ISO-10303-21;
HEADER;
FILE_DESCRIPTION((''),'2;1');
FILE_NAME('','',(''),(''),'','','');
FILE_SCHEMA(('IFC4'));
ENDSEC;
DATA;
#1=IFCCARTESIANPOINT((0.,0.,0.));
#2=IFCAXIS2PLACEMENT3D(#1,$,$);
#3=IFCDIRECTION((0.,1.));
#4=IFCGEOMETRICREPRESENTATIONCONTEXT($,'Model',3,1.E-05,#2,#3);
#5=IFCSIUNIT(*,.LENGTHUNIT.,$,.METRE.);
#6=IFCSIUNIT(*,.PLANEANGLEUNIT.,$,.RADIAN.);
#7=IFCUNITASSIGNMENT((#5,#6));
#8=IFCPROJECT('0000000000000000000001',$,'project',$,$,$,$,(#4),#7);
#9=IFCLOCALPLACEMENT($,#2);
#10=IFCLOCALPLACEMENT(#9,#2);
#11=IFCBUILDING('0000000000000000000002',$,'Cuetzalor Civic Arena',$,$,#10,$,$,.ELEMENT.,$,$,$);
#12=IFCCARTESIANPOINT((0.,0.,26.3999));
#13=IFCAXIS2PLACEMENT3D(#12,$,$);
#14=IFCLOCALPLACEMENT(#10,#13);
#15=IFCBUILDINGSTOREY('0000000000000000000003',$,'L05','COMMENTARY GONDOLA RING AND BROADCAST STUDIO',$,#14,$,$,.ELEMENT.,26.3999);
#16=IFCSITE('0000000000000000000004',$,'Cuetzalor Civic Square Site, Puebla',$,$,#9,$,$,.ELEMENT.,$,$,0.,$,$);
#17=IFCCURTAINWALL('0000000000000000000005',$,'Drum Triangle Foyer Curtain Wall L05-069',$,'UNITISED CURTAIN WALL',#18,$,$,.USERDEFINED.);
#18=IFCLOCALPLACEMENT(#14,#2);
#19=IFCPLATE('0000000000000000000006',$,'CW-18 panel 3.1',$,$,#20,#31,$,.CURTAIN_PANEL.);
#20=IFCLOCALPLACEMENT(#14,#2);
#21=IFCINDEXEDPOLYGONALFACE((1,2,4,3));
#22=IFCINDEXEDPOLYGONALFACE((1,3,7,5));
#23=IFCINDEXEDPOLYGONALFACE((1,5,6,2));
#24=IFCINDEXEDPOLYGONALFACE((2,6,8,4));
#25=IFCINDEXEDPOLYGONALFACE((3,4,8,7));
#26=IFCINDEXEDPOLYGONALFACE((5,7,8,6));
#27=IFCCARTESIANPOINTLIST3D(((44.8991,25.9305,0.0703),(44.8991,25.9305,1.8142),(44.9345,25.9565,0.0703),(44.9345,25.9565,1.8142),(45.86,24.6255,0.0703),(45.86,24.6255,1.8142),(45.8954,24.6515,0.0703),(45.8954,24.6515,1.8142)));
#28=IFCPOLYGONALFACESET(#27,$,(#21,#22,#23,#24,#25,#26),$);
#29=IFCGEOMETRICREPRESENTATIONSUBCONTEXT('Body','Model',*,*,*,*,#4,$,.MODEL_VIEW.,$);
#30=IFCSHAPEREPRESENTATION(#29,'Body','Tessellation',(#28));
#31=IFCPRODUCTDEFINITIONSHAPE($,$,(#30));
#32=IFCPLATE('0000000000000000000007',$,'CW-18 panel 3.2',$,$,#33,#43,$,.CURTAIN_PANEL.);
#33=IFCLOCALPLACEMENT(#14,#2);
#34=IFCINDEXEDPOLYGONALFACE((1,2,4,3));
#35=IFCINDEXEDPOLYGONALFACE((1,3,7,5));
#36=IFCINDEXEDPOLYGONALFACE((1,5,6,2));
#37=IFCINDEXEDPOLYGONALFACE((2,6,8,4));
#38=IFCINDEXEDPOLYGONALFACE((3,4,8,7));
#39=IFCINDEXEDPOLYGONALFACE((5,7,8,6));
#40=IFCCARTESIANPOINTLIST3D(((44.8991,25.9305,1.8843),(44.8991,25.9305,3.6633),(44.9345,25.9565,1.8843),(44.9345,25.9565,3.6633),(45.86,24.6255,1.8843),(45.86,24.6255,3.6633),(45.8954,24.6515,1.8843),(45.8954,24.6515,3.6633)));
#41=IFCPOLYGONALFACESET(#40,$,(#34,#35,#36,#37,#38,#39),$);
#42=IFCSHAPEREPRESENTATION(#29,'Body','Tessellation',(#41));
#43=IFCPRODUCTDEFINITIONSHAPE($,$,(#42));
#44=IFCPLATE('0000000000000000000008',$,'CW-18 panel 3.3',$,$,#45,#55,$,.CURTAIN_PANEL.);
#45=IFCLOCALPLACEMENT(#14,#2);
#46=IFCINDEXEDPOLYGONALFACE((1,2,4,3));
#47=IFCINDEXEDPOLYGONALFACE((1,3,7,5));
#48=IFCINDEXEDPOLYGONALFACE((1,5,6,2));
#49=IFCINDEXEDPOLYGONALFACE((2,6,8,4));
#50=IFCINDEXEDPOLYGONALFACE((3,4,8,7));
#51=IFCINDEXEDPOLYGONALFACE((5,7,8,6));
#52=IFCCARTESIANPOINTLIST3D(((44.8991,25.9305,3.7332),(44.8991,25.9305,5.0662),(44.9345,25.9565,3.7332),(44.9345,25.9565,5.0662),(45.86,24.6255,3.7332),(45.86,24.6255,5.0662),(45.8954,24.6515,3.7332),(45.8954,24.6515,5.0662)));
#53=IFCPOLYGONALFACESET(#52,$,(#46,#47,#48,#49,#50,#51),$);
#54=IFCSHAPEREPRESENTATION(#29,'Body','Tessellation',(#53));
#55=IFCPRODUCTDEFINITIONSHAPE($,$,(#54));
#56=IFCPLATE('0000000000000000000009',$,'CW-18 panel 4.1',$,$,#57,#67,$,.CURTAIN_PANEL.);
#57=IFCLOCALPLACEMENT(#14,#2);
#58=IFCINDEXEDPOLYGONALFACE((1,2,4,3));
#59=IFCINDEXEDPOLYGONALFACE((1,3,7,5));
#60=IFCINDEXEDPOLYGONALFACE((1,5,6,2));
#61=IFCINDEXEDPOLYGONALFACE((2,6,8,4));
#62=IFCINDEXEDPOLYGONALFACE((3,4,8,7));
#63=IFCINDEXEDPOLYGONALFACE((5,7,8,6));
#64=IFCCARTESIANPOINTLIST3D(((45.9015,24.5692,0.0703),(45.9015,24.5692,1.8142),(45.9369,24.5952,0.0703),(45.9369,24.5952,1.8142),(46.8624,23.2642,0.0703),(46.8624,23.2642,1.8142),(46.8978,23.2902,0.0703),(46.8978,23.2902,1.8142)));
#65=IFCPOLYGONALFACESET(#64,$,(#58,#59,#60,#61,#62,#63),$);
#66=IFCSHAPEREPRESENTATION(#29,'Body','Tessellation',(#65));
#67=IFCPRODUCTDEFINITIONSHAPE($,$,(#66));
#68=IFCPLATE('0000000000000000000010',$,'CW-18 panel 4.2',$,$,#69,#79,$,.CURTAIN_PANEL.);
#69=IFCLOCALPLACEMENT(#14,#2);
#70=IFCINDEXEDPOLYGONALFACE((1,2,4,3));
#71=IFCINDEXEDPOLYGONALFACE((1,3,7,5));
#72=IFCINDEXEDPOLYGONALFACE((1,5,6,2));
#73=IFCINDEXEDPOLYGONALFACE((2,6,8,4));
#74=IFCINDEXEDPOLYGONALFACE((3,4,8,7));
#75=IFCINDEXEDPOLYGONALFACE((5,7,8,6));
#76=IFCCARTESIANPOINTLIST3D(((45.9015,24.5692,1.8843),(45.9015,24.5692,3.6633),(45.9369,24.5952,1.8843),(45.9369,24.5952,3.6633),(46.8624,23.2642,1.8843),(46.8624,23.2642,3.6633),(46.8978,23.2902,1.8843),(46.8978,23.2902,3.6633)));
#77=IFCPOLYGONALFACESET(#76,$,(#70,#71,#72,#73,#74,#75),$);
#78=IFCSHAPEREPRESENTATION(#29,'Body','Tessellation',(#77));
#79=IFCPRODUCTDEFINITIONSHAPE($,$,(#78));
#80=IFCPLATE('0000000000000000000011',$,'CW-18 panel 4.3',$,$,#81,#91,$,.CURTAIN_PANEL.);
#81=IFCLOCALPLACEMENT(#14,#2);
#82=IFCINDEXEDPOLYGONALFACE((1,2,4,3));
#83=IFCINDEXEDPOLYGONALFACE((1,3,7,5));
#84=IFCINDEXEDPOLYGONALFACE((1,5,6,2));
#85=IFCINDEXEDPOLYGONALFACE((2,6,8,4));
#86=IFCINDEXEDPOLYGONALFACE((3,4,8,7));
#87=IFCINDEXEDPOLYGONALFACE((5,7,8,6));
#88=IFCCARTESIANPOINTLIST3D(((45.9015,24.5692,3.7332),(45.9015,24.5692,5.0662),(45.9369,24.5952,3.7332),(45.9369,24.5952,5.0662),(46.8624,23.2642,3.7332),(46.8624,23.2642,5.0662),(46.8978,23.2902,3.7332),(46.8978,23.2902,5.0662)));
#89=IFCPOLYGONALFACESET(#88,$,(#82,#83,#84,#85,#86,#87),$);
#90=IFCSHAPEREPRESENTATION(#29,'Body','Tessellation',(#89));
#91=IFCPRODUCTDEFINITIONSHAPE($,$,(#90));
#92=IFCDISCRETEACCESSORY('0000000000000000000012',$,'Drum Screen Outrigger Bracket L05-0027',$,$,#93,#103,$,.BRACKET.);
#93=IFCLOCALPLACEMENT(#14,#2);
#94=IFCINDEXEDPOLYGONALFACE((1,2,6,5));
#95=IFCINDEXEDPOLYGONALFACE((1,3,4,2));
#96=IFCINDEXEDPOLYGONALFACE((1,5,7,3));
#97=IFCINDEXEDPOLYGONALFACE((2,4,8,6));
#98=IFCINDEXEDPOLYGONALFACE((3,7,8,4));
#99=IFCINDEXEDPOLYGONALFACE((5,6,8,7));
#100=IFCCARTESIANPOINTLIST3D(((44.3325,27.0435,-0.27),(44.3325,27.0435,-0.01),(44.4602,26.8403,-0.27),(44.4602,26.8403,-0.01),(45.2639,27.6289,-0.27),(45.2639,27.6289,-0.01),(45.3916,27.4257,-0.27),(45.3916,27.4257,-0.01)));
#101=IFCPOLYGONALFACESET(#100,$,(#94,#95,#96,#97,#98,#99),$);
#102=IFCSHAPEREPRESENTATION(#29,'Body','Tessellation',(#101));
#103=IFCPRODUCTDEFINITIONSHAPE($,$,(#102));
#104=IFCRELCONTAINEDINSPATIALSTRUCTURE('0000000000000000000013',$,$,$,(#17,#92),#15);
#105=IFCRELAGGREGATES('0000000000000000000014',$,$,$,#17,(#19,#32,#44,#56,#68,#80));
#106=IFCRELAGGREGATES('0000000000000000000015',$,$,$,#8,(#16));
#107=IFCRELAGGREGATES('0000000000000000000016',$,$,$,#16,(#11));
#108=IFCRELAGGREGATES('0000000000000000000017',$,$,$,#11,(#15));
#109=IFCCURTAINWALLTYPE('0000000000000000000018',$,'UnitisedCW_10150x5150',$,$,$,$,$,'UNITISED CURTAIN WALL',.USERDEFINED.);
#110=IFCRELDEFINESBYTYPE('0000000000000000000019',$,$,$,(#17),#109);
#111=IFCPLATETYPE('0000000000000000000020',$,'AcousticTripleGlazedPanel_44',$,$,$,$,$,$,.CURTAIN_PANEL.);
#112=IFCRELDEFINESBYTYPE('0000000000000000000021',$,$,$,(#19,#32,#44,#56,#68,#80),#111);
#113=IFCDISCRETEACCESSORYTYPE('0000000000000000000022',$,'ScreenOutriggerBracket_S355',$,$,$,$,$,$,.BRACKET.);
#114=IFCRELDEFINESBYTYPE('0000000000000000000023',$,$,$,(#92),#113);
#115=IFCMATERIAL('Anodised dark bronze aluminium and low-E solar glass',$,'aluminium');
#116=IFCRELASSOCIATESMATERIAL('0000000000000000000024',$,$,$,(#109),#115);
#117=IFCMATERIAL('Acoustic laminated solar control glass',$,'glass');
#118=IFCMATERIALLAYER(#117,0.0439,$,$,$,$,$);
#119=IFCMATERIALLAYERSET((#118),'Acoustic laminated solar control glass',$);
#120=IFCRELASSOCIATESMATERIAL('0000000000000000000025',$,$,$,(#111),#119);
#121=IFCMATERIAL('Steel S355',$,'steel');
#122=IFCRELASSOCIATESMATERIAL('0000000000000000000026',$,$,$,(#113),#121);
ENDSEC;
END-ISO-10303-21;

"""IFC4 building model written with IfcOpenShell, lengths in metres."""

from ifc_helpers import new_model, si_unit, direction, frame, origin, origin_2d, place, context, subcontext, project, spatial, rectangle, extrude, material, layer, layer_set, type_object, element, aggregate, save


model = new_model("IFC4")

# Units and contexts
model_context = context("Model", 3, precision=1e-05, world=origin(), true_north=direction((0.0, 1.0)))
body_context = subcontext(model_context, "Body", "Model", "MODEL_VIEW")
ifc_project = project(units=[si_unit("LENGTHUNIT", "METRE"), si_unit("PLANEANGLEUNIT", "RADIAN")], contexts=[model_context])

# Site, building, storey
site_placement = place(None, origin())
site = spatial("IfcSite", under=ifc_project, at=site_placement, Name="Cuetzalor Civic Square Site, Puebla", CompositionType="ELEMENT", RefElevation=0.0)
building_placement = place(site_placement, origin())
building = spatial("IfcBuilding", under=site, at=building_placement, Name="Cuetzalor Civic Arena", CompositionType="ELEMENT")
storey_placement = place(building_placement, frame((0.0, 0.0, 26.3999)))
storey = spatial("IfcBuildingStorey", under=building, at=storey_placement, Name="L05", Description="COMMENTARY GONDOLA RING AND BROADCAST STUDIO", CompositionType="ELEMENT", Elevation=26.3999)

# Curtain wall, plates
ifc_material_1 = material(Name="Anodised dark bronze aluminium and low-E solar glass", Category="aluminium")
curtain_wall_type = type_object("IfcCurtainWallType", Name="UnitisedCW_10150x5150", ElementType="UNITISED CURTAIN WALL", PredefinedType="USERDEFINED", material=ifc_material_1)
curtain_wall_placement = place(storey_placement, origin())
curtain_wall = element("IfcCurtainWall", 1, at=curtain_wall_placement, inside=storey, type_object=curtain_wall_type, Name="Drum Triangle Foyer Curtain Wall L05-069", ObjectType="UNITISED CURTAIN WALL", PredefinedType="USERDEFINED")
ifc_material_2 = material(Name="Acoustic laminated solar control glass", Category="glass")
ifc_layer = layer(ifc_material_2, 0.0439)
ifc_layer_set = layer_set([ifc_layer], Name="Acoustic laminated solar control glass")
plate_type = type_object("IfcPlateType", Name="AcousticTripleGlazedPanel_44", PredefinedType="CURTAIN_PANEL", material=ifc_layer_set)
plate_1_placement = place(storey_placement, frame((45.3972, 25.291, 0.0703), z_axis=(0.0, 0.0, 1.0), x_axis=(0.592929, -0.805255, 0.0)))
plate_1 = element("IfcPlate", 2, at=plate_1_placement, type_object=plate_type, Name="CW-18 panel 3.1", PredefinedType="CURTAIN_PANEL", context=body_context, shape_type="SweptSolid", body=[
    extrude(rectangle(XDim=1.6206, YDim=0.0439, at=origin_2d()), origin(), (0.0, 0.0, 1.0), 1.7439),
])
plate_2_placement = place(storey_placement, frame((45.3972, 25.291, 1.8843), z_axis=(0.0, 0.0, 1.0), x_axis=(0.592929, -0.805255, 0.0)))
plate_2 = element("IfcPlate", 3, at=plate_2_placement, type_object=plate_type, Name="CW-18 panel 3.2", PredefinedType="CURTAIN_PANEL", context=body_context, shape_type="SweptSolid", body=[
    extrude(rectangle(XDim=1.6206, YDim=0.0439, at=origin_2d()), origin(), (0.0, 0.0, 1.0), 1.7791),
])
plate_3_placement = place(storey_placement, frame((45.3972, 25.291, 3.7332), z_axis=(0.0, 0.0, 1.0), x_axis=(0.592929, -0.805255, 0.0)))
plate_3 = element("IfcPlate", 4, at=plate_3_placement, type_object=plate_type, Name="CW-18 panel 3.3", PredefinedType="CURTAIN_PANEL", context=body_context, shape_type="SweptSolid", body=[
    extrude(rectangle(XDim=1.6206, YDim=0.0439, at=origin_2d()), origin(), (0.0, 0.0, 1.0), 1.333),
])
plate_4_placement = place(storey_placement, frame((46.3997, 23.9297, 0.0703), z_axis=(0.0, 0.0, 1.0), x_axis=(0.592929, -0.805255, 0.0)))
plate_4 = element("IfcPlate", 5, at=plate_4_placement, type_object=plate_type, Name="CW-18 panel 4.1", PredefinedType="CURTAIN_PANEL", context=body_context, shape_type="SweptSolid", body=[
    extrude(rectangle(XDim=1.6206, YDim=0.0439, at=origin_2d()), origin(), (0.0, 0.0, 1.0), 1.7439),
])
plate_5_placement = place(storey_placement, frame((46.3997, 23.9297, 1.8843), z_axis=(0.0, 0.0, 1.0), x_axis=(0.592929, -0.805255, 0.0)))
plate_5 = element("IfcPlate", 6, at=plate_5_placement, type_object=plate_type, Name="CW-18 panel 4.2", PredefinedType="CURTAIN_PANEL", context=body_context, shape_type="SweptSolid", body=[
    extrude(rectangle(XDim=1.6206, YDim=0.0439, at=origin_2d()), origin(), (0.0, 0.0, 1.0), 1.7791),
])
plate_6_placement = place(storey_placement, frame((46.3997, 23.9297, 3.7332), z_axis=(0.0, 0.0, 1.0), x_axis=(0.592929, -0.805255, 0.0)))
plate_6 = element("IfcPlate", 7, at=plate_6_placement, type_object=plate_type, Name="CW-18 panel 4.3", PredefinedType="CURTAIN_PANEL", context=body_context, shape_type="SweptSolid", body=[
    extrude(rectangle(XDim=1.6206, YDim=0.0439, at=origin_2d()), origin(), (0.0, 0.0, 1.0), 1.333),
])
aggregate(curtain_wall, [plate_1, plate_2, plate_3, plate_4, plate_5, plate_6])

# Discrete accessory
ifc_material_3 = material(Name="Steel S355", Category="steel")
discrete_accessory_type = type_object("IfcDiscreteAccessoryType", Name="ScreenOutriggerBracket_S355", PredefinedType="BRACKET", material=ifc_material_3)
discrete_accessory_placement = place(storey_placement, frame((44.8621, 27.2346, -0.27), z_axis=(0.0, 0.0, 1.0), x_axis=(0.846658, 0.532138, 0.0)))
element("IfcDiscreteAccessory", 8, at=discrete_accessory_placement, inside=storey, type_object=discrete_accessory_type, Name="Drum Screen Outrigger Bracket L05-0027", PredefinedType="BRACKET", context=body_context, shape_type="SweptSolid", body=[
    extrude(rectangle(XDim=1.1001, YDim=0.24, at=origin_2d()), origin(), (0.0, 0.0, 1.0), 0.26),
])

save(model, "model.ifc")
